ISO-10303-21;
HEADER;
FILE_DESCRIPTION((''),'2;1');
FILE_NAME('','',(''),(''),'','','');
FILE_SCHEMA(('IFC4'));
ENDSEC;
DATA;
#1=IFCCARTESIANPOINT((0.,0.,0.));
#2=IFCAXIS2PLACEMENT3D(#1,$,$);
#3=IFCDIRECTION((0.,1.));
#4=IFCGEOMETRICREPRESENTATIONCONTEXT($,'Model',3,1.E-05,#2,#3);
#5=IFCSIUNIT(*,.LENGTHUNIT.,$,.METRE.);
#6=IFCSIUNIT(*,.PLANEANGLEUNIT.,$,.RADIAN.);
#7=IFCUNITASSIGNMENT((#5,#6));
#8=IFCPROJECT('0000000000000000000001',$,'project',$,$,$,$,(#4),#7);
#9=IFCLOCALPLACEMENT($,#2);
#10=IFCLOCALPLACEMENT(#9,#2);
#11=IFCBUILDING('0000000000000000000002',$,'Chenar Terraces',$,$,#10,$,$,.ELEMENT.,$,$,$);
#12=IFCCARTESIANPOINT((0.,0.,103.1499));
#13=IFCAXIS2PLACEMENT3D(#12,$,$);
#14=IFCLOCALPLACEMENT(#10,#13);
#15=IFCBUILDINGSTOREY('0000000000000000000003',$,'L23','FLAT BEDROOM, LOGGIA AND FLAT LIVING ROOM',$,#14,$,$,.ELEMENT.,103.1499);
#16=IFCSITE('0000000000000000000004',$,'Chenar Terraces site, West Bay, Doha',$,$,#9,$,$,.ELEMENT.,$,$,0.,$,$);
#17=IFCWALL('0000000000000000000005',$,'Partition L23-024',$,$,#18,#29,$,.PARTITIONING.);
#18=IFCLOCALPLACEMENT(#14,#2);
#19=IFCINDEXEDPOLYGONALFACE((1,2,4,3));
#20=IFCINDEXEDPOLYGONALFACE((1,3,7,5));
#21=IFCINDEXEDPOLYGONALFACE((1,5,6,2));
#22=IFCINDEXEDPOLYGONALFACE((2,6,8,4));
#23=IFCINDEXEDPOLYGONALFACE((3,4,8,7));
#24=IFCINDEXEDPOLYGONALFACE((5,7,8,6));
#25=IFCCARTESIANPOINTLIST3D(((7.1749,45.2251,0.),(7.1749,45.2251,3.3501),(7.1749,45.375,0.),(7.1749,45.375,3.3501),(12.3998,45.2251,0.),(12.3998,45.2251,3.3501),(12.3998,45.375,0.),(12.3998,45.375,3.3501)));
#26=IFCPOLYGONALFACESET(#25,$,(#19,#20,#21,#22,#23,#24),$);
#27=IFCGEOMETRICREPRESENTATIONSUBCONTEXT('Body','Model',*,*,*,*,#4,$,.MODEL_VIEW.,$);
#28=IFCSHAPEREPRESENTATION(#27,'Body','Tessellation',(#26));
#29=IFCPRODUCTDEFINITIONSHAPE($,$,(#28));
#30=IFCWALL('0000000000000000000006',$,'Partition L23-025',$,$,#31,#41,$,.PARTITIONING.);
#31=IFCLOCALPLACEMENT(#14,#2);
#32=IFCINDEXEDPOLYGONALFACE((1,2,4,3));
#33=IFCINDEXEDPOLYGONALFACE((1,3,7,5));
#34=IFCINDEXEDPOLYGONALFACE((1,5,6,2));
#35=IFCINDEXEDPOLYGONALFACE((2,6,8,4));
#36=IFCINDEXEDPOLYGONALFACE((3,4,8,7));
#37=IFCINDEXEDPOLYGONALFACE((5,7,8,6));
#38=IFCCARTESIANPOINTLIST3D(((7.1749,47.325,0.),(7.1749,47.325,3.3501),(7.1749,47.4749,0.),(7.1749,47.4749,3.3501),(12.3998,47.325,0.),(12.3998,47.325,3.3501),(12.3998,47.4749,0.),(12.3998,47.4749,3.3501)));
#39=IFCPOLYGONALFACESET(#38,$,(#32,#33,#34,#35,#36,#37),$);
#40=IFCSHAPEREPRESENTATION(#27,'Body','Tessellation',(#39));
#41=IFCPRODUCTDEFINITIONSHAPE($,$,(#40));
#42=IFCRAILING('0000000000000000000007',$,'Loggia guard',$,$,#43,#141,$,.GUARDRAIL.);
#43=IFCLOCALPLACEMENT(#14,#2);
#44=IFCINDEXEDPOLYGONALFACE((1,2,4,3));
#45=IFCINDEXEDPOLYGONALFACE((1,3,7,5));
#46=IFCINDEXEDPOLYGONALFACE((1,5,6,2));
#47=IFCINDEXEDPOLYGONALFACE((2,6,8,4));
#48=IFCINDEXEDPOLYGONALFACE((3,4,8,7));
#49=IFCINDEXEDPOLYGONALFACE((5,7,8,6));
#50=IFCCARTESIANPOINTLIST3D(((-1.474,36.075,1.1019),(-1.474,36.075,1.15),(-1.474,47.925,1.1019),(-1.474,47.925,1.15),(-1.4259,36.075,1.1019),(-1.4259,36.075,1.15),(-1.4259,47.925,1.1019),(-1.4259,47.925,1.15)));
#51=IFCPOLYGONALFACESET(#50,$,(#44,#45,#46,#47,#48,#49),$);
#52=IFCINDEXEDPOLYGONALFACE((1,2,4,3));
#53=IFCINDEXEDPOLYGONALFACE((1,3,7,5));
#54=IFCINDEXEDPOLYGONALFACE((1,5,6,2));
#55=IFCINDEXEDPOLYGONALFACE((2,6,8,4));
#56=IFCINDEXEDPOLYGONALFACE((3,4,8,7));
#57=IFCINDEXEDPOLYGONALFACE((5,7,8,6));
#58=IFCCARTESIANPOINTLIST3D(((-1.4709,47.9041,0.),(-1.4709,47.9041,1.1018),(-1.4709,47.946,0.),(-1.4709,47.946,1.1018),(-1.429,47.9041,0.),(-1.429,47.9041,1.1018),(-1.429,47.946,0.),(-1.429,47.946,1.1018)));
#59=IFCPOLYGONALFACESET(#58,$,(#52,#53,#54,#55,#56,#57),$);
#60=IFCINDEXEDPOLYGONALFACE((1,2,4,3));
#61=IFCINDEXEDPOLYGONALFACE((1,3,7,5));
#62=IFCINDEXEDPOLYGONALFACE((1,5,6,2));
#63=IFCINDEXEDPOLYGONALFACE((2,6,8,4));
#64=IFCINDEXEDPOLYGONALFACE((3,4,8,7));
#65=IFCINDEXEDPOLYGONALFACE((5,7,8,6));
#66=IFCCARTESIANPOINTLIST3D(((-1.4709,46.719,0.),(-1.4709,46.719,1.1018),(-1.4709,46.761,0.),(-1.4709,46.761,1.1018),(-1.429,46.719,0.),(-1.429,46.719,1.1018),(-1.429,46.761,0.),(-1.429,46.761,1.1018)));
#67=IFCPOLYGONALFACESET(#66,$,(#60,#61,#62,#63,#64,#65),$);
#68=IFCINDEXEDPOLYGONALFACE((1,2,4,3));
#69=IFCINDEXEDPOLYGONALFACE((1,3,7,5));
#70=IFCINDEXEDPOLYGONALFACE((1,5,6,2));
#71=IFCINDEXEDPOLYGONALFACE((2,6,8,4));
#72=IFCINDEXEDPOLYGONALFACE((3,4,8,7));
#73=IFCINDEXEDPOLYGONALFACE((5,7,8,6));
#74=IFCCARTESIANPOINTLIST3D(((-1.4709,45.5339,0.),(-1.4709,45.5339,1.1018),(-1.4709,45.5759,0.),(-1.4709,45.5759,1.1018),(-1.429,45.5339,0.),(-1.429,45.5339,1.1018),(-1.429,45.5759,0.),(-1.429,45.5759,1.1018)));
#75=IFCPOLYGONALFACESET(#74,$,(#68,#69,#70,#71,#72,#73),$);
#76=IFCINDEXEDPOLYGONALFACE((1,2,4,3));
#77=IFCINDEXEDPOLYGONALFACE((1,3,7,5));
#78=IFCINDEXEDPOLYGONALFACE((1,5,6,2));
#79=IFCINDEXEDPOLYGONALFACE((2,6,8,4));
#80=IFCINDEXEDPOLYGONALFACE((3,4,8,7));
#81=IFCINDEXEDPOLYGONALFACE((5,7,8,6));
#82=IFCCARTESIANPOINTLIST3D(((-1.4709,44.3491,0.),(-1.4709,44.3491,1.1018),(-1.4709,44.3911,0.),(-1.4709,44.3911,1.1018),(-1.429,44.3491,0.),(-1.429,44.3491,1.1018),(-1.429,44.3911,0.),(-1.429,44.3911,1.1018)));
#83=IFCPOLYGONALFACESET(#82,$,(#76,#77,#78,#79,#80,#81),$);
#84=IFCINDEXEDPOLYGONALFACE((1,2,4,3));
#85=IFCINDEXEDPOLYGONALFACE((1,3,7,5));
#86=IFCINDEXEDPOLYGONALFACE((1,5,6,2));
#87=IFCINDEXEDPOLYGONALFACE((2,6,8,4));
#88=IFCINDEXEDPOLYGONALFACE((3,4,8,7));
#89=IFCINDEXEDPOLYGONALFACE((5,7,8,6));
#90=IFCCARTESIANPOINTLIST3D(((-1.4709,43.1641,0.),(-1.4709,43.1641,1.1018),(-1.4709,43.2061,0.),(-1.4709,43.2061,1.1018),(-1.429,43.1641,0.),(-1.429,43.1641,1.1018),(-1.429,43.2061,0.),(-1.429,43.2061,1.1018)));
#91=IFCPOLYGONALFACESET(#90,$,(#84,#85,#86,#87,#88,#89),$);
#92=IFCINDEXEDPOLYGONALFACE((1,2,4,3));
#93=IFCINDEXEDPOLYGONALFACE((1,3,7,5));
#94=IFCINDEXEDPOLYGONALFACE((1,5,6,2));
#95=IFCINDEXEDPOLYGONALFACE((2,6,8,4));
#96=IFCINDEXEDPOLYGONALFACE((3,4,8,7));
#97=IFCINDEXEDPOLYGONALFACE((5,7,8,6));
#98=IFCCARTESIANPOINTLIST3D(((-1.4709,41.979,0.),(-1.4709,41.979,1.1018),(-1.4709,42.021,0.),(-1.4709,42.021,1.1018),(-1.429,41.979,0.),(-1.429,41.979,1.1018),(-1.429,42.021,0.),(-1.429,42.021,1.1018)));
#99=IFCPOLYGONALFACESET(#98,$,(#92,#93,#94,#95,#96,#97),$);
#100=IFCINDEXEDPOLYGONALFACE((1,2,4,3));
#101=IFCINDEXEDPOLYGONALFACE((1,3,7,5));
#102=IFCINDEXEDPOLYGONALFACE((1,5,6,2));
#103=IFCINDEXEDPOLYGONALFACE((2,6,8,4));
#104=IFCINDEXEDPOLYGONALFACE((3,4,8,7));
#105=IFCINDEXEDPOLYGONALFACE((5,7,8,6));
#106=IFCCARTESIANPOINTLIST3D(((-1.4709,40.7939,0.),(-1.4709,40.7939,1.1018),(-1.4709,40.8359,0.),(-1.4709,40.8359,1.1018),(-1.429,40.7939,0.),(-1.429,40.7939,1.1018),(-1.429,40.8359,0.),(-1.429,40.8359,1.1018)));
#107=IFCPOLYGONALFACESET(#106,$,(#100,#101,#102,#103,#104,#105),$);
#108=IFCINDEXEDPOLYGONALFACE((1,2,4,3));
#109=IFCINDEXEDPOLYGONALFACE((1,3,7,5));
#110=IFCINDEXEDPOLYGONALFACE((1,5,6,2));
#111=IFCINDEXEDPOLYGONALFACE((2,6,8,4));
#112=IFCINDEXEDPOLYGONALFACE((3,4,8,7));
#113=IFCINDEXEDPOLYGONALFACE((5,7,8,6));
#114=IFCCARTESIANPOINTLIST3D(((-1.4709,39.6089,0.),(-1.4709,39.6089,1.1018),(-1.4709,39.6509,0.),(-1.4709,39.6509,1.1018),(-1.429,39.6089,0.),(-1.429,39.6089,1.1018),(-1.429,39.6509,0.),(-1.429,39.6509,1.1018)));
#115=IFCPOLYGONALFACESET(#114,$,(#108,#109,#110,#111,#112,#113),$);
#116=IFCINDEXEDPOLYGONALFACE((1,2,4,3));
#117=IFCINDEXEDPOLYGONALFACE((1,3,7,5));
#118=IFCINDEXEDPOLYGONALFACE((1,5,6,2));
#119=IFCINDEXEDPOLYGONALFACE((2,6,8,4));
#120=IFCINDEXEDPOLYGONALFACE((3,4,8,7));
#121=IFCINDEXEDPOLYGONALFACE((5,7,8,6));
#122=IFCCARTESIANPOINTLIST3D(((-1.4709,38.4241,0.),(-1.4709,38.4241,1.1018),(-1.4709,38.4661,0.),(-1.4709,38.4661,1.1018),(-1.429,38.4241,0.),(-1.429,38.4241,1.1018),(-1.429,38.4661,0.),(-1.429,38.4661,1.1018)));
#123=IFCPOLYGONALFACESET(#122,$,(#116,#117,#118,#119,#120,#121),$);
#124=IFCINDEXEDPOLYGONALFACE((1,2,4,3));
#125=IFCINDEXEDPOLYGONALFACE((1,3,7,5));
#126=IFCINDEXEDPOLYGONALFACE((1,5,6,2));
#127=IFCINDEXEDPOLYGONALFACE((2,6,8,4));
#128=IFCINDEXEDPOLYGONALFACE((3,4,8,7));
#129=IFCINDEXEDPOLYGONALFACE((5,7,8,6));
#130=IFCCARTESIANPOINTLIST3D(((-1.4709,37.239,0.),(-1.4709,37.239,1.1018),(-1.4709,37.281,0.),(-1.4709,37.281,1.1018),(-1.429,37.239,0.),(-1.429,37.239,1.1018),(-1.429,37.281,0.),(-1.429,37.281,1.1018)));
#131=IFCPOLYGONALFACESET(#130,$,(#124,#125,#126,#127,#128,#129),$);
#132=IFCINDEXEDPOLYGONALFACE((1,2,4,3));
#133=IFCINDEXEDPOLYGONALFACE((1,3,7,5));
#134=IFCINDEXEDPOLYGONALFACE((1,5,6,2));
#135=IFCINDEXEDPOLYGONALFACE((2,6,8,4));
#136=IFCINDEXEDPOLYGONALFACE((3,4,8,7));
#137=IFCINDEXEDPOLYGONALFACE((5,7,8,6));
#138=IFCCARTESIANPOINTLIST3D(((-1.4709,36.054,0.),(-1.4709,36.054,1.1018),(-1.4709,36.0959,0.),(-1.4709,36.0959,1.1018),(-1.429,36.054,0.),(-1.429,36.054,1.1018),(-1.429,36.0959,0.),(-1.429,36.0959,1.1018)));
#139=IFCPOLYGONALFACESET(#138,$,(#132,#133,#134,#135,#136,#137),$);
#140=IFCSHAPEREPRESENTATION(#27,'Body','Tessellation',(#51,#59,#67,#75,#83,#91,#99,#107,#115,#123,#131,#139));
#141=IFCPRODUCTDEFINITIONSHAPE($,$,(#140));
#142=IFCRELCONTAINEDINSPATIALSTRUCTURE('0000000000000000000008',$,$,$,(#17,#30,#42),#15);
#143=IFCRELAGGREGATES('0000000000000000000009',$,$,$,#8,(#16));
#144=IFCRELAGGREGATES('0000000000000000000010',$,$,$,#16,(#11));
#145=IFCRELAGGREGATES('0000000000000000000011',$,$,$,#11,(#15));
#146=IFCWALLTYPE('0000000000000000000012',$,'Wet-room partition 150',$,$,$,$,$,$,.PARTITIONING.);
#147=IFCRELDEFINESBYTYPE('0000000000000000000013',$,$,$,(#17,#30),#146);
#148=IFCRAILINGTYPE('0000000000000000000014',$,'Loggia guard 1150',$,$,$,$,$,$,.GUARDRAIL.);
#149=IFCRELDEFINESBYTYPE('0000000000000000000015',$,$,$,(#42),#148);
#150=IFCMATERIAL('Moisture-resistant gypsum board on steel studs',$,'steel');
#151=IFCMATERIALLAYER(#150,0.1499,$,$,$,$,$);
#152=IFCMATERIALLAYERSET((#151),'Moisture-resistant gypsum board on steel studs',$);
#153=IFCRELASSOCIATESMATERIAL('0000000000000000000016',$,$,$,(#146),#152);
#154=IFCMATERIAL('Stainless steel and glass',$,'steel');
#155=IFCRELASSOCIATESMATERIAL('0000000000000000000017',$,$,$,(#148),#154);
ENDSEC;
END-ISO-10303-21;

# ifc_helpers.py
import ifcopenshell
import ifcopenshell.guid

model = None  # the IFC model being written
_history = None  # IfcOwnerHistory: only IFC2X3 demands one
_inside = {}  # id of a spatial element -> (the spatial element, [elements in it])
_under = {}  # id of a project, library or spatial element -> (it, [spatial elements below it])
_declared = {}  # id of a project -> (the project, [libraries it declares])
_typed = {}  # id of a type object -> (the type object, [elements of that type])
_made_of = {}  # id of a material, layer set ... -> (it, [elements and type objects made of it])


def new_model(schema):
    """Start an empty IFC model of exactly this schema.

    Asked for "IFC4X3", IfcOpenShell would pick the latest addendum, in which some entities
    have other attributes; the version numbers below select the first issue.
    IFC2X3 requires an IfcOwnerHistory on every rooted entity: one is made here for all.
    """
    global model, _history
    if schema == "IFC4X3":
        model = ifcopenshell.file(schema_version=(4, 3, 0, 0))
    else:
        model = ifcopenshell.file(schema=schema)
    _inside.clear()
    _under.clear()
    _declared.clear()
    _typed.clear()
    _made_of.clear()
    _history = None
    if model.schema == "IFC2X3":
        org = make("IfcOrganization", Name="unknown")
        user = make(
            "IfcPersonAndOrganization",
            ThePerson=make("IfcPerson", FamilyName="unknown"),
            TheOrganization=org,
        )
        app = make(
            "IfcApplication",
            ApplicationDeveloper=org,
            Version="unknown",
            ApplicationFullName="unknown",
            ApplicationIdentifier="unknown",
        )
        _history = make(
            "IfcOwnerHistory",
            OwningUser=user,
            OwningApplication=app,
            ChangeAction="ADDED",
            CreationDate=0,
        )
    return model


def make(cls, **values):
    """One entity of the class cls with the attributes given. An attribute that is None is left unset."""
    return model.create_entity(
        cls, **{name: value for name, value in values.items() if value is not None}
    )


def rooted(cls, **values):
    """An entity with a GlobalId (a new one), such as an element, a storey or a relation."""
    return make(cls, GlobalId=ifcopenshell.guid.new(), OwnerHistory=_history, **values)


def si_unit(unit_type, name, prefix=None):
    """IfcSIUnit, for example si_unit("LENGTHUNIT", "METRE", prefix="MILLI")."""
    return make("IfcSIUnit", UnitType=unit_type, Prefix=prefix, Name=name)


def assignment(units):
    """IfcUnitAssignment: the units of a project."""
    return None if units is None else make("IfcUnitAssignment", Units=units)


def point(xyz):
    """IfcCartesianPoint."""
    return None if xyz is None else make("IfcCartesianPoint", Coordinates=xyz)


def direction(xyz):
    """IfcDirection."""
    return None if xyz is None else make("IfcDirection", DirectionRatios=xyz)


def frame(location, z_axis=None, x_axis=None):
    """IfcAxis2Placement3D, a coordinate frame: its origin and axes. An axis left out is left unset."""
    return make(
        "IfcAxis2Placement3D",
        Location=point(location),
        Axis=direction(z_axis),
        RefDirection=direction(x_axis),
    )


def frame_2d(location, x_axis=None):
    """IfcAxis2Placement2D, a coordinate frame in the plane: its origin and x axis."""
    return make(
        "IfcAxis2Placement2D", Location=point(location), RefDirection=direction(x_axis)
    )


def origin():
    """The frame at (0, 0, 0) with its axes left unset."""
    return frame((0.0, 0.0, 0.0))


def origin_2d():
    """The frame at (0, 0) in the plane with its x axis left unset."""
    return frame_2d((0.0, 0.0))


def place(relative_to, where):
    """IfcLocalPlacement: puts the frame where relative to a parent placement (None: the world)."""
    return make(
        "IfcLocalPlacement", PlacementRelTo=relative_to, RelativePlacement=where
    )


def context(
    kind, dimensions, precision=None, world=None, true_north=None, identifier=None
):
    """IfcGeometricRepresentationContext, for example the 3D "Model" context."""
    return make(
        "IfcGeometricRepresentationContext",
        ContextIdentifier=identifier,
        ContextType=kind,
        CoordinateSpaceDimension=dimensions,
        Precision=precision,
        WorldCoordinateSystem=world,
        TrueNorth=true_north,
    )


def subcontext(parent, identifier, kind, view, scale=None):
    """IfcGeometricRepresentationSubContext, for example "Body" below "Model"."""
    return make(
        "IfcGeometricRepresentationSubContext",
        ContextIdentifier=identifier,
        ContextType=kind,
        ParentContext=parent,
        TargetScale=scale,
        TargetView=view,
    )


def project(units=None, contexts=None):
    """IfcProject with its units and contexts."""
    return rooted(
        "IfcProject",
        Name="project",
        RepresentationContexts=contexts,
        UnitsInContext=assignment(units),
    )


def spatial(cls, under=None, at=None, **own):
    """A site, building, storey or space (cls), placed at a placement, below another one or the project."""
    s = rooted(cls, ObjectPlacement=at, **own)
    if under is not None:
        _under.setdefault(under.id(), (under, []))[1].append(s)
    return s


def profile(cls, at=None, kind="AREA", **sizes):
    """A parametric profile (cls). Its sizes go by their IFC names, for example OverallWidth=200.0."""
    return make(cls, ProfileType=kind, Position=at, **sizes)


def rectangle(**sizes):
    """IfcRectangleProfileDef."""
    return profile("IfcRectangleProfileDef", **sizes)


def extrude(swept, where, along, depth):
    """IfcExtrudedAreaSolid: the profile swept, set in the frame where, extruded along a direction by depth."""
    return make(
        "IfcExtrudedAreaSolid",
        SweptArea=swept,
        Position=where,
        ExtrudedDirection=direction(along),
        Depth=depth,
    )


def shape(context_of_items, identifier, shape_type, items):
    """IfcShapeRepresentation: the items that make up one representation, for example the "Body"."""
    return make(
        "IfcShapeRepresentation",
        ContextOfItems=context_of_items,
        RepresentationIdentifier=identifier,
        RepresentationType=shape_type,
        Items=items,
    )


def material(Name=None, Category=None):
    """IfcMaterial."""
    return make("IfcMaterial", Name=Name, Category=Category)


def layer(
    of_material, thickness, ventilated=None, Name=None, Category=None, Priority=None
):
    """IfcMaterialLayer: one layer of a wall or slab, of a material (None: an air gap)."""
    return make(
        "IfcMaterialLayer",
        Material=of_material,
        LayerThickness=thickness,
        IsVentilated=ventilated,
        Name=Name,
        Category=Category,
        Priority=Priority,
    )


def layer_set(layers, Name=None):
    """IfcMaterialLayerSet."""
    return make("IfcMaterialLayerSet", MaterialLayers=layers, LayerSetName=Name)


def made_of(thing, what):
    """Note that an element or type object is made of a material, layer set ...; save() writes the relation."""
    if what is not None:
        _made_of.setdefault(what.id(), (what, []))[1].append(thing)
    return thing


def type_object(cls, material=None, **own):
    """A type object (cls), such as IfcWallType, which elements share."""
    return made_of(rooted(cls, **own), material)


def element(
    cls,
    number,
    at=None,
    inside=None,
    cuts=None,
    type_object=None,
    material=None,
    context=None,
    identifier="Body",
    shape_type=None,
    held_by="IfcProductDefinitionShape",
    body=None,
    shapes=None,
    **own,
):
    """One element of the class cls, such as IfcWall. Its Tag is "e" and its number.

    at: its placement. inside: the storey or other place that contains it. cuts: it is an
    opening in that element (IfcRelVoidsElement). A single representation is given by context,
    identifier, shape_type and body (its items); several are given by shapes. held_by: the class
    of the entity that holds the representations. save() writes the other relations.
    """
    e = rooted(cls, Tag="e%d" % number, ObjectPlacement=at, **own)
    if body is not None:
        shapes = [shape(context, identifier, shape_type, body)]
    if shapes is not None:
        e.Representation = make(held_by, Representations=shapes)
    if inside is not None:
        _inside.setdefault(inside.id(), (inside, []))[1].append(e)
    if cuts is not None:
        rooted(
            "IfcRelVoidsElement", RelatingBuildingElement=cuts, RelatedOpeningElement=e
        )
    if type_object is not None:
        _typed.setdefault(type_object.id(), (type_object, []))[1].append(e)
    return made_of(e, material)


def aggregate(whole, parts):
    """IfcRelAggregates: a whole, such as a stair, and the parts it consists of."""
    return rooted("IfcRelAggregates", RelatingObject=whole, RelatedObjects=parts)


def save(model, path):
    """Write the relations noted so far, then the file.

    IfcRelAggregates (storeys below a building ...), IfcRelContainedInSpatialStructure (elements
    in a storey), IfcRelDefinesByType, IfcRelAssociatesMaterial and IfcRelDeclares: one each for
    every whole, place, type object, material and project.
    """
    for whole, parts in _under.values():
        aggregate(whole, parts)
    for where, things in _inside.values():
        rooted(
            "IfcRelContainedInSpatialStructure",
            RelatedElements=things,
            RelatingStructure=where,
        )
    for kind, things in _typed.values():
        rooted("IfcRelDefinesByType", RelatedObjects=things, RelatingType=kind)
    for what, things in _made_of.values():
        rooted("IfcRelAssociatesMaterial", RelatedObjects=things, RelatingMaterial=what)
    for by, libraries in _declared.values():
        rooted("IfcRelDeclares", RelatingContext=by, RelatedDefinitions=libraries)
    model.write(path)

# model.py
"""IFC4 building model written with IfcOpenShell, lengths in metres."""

from ifc_helpers import new_model, si_unit, direction, frame, frame_2d, origin, origin_2d, place, context, subcontext, project, spatial, rectangle, extrude, material, layer, layer_set, type_object, element, save


model = new_model("IFC4")

# Units and contexts
model_context = context("Model", 3, precision=1e-05, world=origin(), true_north=direction((0.0, 1.0)))
body_context = subcontext(model_context, "Body", "Model", "MODEL_VIEW")
ifc_project = project(units=[si_unit("LENGTHUNIT", "METRE"), si_unit("PLANEANGLEUNIT", "RADIAN")], contexts=[model_context])

# Site, building, storey
site_placement = place(None, origin())
site = spatial("IfcSite", under=ifc_project, at=site_placement, Name="Chenar Terraces site, West Bay, Doha", CompositionType="ELEMENT", RefElevation=0.0)
building_placement = place(site_placement, origin())
building = spatial("IfcBuilding", under=site, at=building_placement, Name="Chenar Terraces", CompositionType="ELEMENT")
storey_placement = place(building_placement, frame((0.0, 0.0, 103.1499)))
storey = spatial("IfcBuildingStorey", under=building, at=storey_placement, Name="L23", Description="FLAT BEDROOM, LOGGIA AND FLAT LIVING ROOM", CompositionType="ELEMENT", Elevation=103.1499)

# Walls
ifc_material_1 = material(Name="Moisture-resistant gypsum board on steel studs", Category="steel")
ifc_layer_1 = layer(ifc_material_1, 0.1499)
ifc_layer_set_1 = layer_set([ifc_layer_1], Name="Moisture-resistant gypsum board on steel studs")
wall_type_1 = type_object("IfcWallType", Name="Wet-room partition 150", PredefinedType="PARTITIONING", material=ifc_layer_set_1)
for number, where, z_axis, x_axis, name in (
    (1, (7.175, 45.3, 0.0), (0.0, 0.0, 1.0), (1.0, 0.0, 0.0), "Partition L23-024"),
    (2, (7.175, 47.3999, 0.0), (0.0, 0.0, 1.0), (1.0, 0.0, 0.0), "Partition L23-025"),
):
    element("IfcWall", number, at=place(storey_placement, frame(where, z_axis=z_axis, x_axis=x_axis)), inside=storey, type_object=wall_type_1, Name=name, PredefinedType="PARTITIONING", context=body_context, shape_type="SweptSolid", body=[
        extrude(rectangle(XDim=5.2249, YDim=0.1499, at=frame_2d((2.6123, 0.0))), origin(), (0.0, 0.0, 1.0), 3.3501),
    ])

# Railing
ifc_material_2 = material(Name="Stainless steel and glass", Category="steel")
railing_type = type_object("IfcRailingType", Name="Loggia guard 1150", PredefinedType="GUARDRAIL", material=ifc_material_2)
railing_placement = place(storey_placement, frame((-1.45, 47.925, 0.0)))
element("IfcRailing", 3, at=railing_placement, inside=storey, type_object=railing_type, Name="Loggia guard", PredefinedType="GUARDRAIL", context=body_context, shape_type="SweptSolid", body=[
    extrude(rectangle(XDim=0.0481, YDim=0.0481, at=origin_2d()), frame((0.0, 0.0, 1.126), z_axis=(0.0, -1.0, 0.0), x_axis=(1.0, 0.0, 0.0)), (0.0, 0.0, 1.0), 11.8501),
    extrude(rectangle(XDim=0.042, YDim=0.042, at=origin_2d()), origin(), (0.0, 0.0, 1.0), 1.1018),
    extrude(rectangle(XDim=0.042, YDim=0.042, at=origin_2d()), frame((0.0, -1.1851, 0.0)), (0.0, 0.0, 1.0), 1.1018),
    extrude(rectangle(XDim=0.042, YDim=0.042, at=origin_2d()), frame((0.0, -2.3701, 0.0)), (0.0, 0.0, 1.0), 1.1018),
    extrude(rectangle(XDim=0.042, YDim=0.042, at=origin_2d()), frame((0.0, -3.5549, 0.0)), (0.0, 0.0, 1.0), 1.1018),
    extrude(rectangle(XDim=0.042, YDim=0.042, at=origin_2d()), frame((0.0, -4.74, 0.0)), (0.0, 0.0, 1.0), 1.1018),
    extrude(rectangle(XDim=0.042, YDim=0.042, at=origin_2d()), frame((0.0, -5.925, 0.0)), (0.0, 0.0, 1.0), 1.1018),
    extrude(rectangle(XDim=0.042, YDim=0.042, at=origin_2d()), frame((0.0, -7.1101, 0.0)), (0.0, 0.0, 1.0), 1.1018),
    extrude(rectangle(XDim=0.042, YDim=0.042, at=origin_2d()), frame((0.0, -8.2952, 0.0)), (0.0, 0.0, 1.0), 1.1018),
    extrude(rectangle(XDim=0.042, YDim=0.042, at=origin_2d()), frame((0.0, -9.48, 0.0)), (0.0, 0.0, 1.0), 1.1018),
    extrude(rectangle(XDim=0.042, YDim=0.042, at=origin_2d()), frame((0.0, -10.665, 0.0)), (0.0, 0.0, 1.0), 1.1018),
    extrude(rectangle(XDim=0.042, YDim=0.042, at=origin_2d()), frame((0.0, -11.8501, 0.0)), (0.0, 0.0, 1.0), 1.1018),
])

save(model, "model.ifc")
